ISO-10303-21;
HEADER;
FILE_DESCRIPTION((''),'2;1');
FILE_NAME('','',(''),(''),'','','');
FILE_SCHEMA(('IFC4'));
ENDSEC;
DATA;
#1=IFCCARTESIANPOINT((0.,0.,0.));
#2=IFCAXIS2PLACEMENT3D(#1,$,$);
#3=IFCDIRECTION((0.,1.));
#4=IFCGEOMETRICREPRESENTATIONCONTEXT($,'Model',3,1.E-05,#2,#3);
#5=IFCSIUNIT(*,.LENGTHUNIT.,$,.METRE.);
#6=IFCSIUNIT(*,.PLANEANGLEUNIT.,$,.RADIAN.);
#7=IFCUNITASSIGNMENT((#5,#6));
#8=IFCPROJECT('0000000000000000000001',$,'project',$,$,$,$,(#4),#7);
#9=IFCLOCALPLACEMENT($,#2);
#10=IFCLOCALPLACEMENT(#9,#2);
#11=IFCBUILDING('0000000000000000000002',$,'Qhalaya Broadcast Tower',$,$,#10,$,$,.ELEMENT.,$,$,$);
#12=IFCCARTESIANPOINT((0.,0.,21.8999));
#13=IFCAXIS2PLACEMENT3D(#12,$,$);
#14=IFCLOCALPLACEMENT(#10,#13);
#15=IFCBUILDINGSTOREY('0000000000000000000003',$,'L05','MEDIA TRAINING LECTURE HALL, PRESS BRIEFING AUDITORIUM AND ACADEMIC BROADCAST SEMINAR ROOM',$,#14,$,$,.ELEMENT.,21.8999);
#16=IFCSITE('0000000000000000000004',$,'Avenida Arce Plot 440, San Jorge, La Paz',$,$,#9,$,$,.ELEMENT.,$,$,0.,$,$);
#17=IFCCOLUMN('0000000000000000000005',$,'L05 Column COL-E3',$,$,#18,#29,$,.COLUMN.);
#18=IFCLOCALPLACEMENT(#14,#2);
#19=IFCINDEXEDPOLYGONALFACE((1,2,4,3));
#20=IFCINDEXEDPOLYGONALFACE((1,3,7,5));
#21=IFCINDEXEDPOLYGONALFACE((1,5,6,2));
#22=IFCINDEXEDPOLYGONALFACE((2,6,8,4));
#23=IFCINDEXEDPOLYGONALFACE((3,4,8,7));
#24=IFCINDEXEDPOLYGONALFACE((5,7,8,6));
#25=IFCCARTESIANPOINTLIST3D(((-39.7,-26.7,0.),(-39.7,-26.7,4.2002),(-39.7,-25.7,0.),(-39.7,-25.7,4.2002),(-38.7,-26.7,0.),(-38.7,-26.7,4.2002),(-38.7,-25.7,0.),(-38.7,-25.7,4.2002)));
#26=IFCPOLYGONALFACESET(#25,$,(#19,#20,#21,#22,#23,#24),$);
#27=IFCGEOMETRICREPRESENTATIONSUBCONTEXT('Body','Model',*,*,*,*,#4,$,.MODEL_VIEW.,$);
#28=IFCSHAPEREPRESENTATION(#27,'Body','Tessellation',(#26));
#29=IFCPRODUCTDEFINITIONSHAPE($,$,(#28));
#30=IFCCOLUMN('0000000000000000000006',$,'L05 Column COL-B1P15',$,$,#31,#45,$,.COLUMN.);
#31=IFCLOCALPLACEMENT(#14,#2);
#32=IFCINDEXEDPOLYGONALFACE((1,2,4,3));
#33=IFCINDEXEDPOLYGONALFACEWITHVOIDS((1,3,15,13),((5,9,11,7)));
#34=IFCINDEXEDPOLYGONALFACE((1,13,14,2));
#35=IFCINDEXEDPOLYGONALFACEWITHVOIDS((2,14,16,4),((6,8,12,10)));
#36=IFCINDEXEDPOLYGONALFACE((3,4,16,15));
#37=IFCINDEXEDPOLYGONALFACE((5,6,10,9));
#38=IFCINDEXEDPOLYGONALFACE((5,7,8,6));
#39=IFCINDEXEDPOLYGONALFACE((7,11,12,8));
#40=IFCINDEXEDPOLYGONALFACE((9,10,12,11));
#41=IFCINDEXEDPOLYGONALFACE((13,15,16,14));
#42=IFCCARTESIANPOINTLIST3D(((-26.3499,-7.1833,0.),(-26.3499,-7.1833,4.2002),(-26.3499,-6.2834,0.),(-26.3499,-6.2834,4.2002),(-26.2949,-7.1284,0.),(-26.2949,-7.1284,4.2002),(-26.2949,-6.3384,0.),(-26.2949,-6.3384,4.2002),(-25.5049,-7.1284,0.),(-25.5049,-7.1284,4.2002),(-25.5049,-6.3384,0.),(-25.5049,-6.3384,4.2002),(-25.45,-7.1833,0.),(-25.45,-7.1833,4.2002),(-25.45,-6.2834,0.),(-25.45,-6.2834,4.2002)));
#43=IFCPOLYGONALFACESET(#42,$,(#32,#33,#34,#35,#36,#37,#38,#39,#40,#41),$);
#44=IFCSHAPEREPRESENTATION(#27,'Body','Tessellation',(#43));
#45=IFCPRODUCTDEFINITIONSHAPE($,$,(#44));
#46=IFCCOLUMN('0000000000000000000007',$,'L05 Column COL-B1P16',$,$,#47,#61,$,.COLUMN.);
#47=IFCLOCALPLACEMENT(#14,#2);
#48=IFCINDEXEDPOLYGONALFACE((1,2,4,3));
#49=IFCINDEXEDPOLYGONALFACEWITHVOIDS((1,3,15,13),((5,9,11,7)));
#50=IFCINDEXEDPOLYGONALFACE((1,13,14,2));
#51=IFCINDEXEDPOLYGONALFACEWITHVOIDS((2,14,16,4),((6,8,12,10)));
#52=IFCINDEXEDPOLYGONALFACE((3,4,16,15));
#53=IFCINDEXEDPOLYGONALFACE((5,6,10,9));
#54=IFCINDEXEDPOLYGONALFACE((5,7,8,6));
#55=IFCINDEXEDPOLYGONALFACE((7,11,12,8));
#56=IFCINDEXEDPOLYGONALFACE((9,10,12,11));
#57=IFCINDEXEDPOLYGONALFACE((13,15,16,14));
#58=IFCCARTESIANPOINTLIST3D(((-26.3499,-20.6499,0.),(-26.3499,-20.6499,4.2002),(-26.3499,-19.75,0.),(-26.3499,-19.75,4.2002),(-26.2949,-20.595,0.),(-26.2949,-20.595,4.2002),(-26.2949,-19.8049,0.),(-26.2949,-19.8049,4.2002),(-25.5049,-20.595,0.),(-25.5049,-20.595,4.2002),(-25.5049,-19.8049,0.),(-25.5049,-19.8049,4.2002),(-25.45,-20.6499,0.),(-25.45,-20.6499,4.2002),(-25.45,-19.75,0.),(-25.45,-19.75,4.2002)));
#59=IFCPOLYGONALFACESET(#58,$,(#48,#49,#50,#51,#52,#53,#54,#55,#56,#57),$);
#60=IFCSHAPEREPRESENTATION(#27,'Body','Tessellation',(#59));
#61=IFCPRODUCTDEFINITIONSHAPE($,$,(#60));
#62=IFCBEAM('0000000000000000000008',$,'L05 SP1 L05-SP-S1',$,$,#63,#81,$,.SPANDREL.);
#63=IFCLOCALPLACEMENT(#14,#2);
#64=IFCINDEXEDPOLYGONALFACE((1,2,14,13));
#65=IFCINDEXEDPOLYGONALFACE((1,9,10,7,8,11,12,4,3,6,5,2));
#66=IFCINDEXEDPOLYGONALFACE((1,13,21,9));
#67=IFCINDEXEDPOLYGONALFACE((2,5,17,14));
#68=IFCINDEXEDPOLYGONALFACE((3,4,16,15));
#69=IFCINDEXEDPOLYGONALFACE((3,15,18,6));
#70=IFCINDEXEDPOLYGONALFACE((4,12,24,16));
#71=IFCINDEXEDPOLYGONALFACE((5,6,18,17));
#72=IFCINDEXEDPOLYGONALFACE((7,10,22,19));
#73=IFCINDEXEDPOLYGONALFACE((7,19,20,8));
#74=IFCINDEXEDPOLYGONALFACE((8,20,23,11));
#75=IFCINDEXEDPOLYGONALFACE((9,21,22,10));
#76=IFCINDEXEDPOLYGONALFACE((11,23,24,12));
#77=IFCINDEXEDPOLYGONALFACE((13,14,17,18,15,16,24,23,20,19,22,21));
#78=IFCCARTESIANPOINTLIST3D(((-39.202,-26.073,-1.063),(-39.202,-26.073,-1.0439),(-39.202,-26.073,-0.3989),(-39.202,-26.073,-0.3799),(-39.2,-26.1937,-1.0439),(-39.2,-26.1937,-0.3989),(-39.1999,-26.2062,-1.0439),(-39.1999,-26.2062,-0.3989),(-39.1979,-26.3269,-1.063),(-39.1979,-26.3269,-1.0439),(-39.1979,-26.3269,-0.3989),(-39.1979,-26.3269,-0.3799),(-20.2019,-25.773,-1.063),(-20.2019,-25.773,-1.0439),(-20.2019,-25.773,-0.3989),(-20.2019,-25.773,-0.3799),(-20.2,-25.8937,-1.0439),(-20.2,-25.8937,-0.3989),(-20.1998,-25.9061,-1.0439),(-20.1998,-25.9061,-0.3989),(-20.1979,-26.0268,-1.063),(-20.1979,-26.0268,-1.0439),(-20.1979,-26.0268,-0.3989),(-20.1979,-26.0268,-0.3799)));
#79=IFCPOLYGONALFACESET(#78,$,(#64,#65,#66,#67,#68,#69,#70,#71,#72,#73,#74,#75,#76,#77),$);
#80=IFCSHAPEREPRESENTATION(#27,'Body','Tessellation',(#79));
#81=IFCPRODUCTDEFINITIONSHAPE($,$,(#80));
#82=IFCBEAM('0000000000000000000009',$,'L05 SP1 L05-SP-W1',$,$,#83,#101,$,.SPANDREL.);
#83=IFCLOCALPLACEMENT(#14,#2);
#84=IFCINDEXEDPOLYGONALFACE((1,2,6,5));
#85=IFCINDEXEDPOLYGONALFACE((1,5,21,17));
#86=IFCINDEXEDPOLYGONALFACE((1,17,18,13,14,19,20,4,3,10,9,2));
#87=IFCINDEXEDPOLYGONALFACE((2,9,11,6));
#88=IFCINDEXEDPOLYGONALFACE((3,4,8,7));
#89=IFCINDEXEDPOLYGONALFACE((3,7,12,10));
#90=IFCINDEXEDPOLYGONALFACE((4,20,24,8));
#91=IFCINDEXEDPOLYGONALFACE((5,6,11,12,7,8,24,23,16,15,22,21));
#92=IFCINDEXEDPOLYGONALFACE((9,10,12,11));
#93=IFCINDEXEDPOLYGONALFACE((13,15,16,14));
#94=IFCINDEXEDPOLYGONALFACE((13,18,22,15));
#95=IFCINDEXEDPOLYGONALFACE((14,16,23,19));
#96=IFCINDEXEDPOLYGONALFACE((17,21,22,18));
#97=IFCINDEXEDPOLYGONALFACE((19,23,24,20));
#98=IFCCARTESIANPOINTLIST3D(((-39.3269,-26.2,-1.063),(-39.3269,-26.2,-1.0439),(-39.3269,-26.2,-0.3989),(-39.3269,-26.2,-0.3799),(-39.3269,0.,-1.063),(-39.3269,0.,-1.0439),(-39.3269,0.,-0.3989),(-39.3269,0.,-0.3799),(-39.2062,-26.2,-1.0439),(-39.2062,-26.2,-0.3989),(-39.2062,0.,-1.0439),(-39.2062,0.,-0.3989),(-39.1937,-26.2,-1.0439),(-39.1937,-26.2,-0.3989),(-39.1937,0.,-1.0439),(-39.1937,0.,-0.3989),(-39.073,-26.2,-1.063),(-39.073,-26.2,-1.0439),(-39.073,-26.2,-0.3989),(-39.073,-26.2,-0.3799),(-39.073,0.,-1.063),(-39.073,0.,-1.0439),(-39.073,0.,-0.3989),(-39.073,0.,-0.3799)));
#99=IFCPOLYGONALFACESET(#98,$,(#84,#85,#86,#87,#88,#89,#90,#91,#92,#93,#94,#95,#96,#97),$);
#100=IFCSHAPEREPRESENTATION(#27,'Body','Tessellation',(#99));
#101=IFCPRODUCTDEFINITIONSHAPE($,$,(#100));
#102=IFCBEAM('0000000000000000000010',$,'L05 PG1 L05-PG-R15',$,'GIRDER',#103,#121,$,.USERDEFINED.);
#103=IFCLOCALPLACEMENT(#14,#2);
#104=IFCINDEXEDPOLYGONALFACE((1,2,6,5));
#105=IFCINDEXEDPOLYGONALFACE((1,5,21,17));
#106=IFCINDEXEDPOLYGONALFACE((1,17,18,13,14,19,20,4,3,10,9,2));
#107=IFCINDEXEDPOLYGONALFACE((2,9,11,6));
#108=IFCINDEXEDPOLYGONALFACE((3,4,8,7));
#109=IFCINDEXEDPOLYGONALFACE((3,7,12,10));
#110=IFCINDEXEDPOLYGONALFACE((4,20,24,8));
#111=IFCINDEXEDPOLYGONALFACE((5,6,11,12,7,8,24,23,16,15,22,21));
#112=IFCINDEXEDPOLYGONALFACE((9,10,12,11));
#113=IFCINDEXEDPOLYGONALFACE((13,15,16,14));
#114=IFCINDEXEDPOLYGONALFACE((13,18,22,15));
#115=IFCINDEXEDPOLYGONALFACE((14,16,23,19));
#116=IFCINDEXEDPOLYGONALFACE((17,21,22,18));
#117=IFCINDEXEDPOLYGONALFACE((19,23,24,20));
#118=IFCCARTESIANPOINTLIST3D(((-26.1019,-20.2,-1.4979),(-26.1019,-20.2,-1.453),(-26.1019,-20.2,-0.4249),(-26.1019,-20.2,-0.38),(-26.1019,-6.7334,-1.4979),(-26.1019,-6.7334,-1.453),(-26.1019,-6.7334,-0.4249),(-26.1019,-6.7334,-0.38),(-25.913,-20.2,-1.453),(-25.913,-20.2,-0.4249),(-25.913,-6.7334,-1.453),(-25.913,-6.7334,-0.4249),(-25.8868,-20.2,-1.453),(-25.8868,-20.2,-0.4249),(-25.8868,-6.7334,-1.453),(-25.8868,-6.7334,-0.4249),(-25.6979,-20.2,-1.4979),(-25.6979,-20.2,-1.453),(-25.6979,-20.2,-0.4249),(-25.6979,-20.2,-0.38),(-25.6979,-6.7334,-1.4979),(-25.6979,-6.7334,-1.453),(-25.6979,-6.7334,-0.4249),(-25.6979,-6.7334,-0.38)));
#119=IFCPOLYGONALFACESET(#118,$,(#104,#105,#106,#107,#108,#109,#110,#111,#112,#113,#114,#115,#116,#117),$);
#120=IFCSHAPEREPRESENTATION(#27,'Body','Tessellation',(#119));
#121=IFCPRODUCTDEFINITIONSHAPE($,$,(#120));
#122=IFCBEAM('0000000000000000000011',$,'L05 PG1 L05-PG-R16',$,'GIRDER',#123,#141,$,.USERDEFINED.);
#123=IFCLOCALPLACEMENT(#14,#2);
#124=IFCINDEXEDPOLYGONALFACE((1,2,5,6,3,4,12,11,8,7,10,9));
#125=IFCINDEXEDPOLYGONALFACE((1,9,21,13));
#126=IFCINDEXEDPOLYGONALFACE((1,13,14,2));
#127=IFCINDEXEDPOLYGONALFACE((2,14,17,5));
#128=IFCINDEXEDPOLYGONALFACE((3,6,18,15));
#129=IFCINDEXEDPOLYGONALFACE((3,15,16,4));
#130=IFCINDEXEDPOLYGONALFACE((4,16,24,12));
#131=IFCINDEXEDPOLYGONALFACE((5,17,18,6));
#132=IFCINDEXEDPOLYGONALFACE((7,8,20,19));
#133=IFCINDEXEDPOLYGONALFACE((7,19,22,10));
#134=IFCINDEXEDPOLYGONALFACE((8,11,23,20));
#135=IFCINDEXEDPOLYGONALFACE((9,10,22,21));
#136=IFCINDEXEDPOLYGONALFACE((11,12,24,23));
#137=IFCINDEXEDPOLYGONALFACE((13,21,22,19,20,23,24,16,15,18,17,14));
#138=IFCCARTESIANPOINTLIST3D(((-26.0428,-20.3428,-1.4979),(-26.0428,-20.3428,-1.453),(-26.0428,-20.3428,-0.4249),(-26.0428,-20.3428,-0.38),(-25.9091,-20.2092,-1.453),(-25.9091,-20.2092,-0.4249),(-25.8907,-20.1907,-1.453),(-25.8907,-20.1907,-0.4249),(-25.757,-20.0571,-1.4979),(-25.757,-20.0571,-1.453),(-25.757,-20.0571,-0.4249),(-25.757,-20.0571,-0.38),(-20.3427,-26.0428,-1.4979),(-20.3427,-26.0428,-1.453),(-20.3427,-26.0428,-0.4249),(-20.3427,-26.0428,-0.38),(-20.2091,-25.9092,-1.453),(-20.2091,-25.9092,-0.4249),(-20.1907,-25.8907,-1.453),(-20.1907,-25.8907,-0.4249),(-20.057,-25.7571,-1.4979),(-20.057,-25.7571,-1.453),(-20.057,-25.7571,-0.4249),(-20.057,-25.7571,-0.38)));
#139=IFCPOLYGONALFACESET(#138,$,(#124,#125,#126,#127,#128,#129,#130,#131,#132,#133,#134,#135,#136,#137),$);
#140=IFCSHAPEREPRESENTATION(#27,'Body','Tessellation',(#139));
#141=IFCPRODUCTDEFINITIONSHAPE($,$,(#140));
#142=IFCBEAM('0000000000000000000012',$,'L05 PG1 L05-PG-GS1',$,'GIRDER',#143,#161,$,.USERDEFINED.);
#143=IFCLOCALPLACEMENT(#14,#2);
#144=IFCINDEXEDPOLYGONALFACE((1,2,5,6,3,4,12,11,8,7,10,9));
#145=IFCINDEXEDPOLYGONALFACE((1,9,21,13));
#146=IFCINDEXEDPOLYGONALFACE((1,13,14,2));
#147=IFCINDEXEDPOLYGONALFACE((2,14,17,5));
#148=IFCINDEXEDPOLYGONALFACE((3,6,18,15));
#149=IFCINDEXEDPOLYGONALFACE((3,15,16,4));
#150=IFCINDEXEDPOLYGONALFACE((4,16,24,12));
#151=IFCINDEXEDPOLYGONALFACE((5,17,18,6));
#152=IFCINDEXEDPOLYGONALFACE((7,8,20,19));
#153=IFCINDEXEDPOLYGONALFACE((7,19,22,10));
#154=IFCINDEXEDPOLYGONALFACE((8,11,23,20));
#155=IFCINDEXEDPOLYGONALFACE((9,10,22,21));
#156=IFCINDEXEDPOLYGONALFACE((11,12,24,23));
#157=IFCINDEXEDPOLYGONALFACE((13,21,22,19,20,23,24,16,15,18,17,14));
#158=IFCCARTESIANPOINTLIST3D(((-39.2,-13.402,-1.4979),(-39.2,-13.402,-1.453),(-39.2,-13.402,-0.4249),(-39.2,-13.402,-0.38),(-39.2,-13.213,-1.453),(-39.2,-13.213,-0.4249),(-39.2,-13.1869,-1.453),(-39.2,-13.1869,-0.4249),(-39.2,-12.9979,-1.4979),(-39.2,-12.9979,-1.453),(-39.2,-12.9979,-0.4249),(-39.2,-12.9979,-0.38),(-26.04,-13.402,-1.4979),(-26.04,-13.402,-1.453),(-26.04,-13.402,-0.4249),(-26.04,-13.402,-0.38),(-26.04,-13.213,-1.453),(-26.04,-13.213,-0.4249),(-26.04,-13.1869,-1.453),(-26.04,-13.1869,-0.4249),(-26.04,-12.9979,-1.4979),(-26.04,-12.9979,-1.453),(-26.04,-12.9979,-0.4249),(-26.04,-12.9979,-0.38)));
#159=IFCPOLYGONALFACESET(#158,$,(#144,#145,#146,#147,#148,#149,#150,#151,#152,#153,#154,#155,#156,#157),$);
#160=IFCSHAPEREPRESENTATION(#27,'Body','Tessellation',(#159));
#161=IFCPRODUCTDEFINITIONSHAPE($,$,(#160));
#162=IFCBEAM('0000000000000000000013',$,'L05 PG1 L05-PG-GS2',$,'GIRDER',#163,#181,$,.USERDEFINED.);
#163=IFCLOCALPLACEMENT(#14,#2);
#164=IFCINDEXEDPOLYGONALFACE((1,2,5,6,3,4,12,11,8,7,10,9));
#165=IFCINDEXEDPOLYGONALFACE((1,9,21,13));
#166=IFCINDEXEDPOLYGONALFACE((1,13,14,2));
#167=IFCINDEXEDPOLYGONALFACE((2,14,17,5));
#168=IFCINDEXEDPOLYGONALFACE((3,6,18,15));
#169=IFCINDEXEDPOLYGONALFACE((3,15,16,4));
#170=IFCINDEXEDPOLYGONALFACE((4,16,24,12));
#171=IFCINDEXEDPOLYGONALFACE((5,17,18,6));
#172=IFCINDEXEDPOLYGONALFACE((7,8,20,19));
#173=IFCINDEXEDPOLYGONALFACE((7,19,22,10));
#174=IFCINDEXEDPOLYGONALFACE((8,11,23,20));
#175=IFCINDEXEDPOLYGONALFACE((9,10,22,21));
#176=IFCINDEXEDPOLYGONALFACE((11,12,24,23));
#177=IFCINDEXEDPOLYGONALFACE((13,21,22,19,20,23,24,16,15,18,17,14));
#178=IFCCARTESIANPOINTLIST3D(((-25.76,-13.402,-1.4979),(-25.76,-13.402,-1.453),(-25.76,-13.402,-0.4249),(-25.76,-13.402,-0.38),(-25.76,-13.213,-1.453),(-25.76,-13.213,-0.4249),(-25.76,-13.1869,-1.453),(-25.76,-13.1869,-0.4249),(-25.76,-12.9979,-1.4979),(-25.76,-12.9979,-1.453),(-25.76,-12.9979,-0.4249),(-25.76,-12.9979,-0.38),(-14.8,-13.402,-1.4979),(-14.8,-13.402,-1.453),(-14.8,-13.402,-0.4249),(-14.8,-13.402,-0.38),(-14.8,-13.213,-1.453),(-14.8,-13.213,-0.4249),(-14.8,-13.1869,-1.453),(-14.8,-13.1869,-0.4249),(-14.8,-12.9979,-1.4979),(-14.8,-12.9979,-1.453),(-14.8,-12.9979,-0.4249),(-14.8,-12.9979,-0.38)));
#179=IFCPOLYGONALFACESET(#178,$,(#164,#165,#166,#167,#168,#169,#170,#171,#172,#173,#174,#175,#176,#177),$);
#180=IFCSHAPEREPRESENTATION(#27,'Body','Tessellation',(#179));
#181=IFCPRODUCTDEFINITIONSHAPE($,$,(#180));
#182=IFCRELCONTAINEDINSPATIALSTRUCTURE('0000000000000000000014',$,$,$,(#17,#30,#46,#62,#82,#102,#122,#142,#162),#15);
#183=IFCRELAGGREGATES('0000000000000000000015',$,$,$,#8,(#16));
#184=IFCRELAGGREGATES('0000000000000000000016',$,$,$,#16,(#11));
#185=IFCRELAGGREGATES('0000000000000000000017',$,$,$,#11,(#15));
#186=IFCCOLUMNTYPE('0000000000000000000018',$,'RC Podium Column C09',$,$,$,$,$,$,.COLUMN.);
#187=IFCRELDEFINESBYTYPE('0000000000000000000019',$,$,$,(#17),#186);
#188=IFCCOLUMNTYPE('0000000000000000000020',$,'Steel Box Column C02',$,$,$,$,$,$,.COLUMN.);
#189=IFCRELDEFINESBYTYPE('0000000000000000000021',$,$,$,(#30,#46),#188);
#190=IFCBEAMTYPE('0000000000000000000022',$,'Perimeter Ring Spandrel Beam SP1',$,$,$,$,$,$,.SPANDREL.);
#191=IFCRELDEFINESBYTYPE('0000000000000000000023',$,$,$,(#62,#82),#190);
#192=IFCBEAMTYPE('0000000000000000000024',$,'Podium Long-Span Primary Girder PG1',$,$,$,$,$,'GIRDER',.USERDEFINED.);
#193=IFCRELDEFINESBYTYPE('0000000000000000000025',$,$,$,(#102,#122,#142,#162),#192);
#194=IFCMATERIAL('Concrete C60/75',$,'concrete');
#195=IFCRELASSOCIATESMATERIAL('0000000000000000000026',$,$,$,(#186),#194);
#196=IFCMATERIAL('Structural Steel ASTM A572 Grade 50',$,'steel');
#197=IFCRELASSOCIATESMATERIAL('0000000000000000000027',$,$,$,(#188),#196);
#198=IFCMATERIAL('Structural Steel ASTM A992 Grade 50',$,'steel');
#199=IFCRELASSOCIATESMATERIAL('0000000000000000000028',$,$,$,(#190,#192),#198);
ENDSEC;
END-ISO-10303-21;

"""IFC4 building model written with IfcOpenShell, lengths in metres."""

from ifc_helpers import new_model, si_unit, direction, frame, origin, origin_2d, place, context, subcontext, project, spatial, rectangle, hollow_rectangle, i_section, extrude, material, material_profile, profile_set, type_object, element, save


model = new_model("IFC4")

# Units and contexts
model_context = context("Model", 3, precision=1e-05, world=origin(), true_north=direction((0.0, 1.0)))
body_context = subcontext(model_context, "Body", "Model", "MODEL_VIEW")
ifc_project = project(units=[si_unit("LENGTHUNIT", "METRE"), si_unit("PLANEANGLEUNIT", "RADIAN")], contexts=[model_context])

# Site, building, storey
site_placement = place(None, origin())
site = spatial("IfcSite", under=ifc_project, at=site_placement, Name="Avenida Arce Plot 440, San Jorge, La Paz", CompositionType="ELEMENT", RefElevation=0.0)
building_placement = place(site_placement, origin())
building = spatial("IfcBuilding", under=site, at=building_placement, Name="Qhalaya Broadcast Tower", CompositionType="ELEMENT")
storey_placement = place(building_placement, frame((0.0, 0.0, 21.8999)))
storey = spatial("IfcBuildingStorey", under=building, at=storey_placement, Name="L05", Description="MEDIA TRAINING LECTURE HALL, PRESS BRIEFING AUDITORIUM AND ACADEMIC BROADCAST SEMINAR ROOM", CompositionType="ELEMENT", Elevation=21.8999)

# Columns
ifc_material_1 = material(Name="Concrete C60/75", Category="concrete")
ifc_material_profile_1 = material_profile(ifc_material_1, rectangle(XDim=1.0, YDim=1.0, at=origin_2d()), Name="RC-COL 1000x1000")
ifc_profile_set_1 = profile_set([ifc_material_profile_1], Name="Concrete C60/75")
column_type_1 = type_object("IfcColumnType", Name="RC Podium Column C09", PredefinedType="COLUMN", material=ifc_profile_set_1)
column_placement = place(storey_placement, frame((-39.2, -26.2, 0.0), z_axis=(0.0, 0.0, 1.0), x_axis=(1.0, 0.0, 0.0)))
element("IfcColumn", 1, at=column_placement, inside=storey, type_object=column_type_1, Name="L05 Column COL-E3", PredefinedType="COLUMN", context=body_context, shape_type="SweptSolid", body=[
    extrude(rectangle(XDim=1.0, YDim=1.0, at=origin_2d()), origin(), (0.0, 0.0, 1.0), 4.2002),
])
ifc_material_2 = material(Name="Structural Steel ASTM A572 Grade 50", Category="steel")
ifc_material_profile_2 = material_profile(ifc_material_2, hollow_rectangle(XDim=0.8999, YDim=0.8999, WallThickness=0.0549, at=origin_2d()), Name="BOX 900x900x55")
ifc_profile_set_2 = profile_set([ifc_material_profile_2], Name="Structural Steel ASTM A572 Grade 50")
column_type_2 = type_object("IfcColumnType", Name="Steel Box Column C02", PredefinedType="COLUMN", material=ifc_profile_set_2)
for number, where, z_axis, x_axis, name in (
    (2, (-25.8999, -6.7334, 0.0), (0.0, 0.0, 1.0), (0.0, 1.0, 0.0), "L05 Column COL-B1P15"),
    (3, (-25.8999, -20.2, 0.0), (0.0, 0.0, 1.0), (0.0, 1.0, 0.0), "L05 Column COL-B1P16"),
):
    element("IfcColumn", number, at=place(storey_placement, frame(where, z_axis=z_axis, x_axis=x_axis)), inside=storey, type_object=column_type_2, Name=name, PredefinedType="COLUMN", context=body_context, shape_type="SweptSolid", body=[
        extrude(hollow_rectangle(XDim=0.8999, YDim=0.8999, WallThickness=0.0549, at=origin_2d()), origin(), (0.0, 0.0, 1.0), 4.2002),
    ])

# Beams
ifc_material_3 = material(Name="Structural Steel ASTM A992 Grade 50", Category="steel")
ifc_material_profile_3 = material_profile(ifc_material_3, i_section(OverallWidth=0.2539, OverallDepth=0.6831, WebThickness=0.0125, FlangeThickness=0.019, at=origin_2d()), Name="W27X94")
ifc_profile_set_3 = profile_set([ifc_material_profile_3], Name="Structural Steel ASTM A992 Grade 50")
beam_type_1 = type_object("IfcBeamType", Name="Perimeter Ring Spandrel Beam SP1", PredefinedType="SPANDREL", material=ifc_profile_set_3)
beam_1_placement = place(storey_placement, frame((-39.2, -26.2, -0.7214), z_axis=(0.999875, 0.01579, 0.0), x_axis=(-0.01579, 0.999875, 0.0)))
element("IfcBeam", 4, at=beam_1_placement, inside=storey, type_object=beam_type_1, Name="L05 SP1 L05-SP-S1", PredefinedType="SPANDREL", context=body_context, shape_type="SweptSolid", body=[
    extrude(i_section(OverallWidth=0.2539, OverallDepth=0.6831, WebThickness=0.0125, FlangeThickness=0.019, at=origin_2d()), origin(), (0.0, 0.0, 1.0), 19.0024),
])
beam_2_placement = place(storey_placement, frame((-39.2, -26.2, -0.7214), z_axis=(0.0, 1.0, 0.0), x_axis=(-1.0, 0.0, 0.0)))
element("IfcBeam", 5, at=beam_2_placement, inside=storey, type_object=beam_type_1, Name="L05 SP1 L05-SP-W1", PredefinedType="SPANDREL", context=body_context, shape_type="SweptSolid", body=[
    extrude(i_section(OverallWidth=0.2539, OverallDepth=0.6831, WebThickness=0.0125, FlangeThickness=0.019, at=origin_2d()), origin(), (0.0, 0.0, 1.0), 26.2),
])
ifc_material_profile_4 = material_profile(ifc_material_3, i_section(OverallWidth=0.4041, OverallDepth=1.1179, WebThickness=0.0261, FlangeThickness=0.0449, at=origin_2d()), Name="W44X335")
ifc_profile_set_4 = profile_set([ifc_material_profile_4], Name="Structural Steel ASTM A992 Grade 50")
beam_type_2 = type_object("IfcBeamType", Name="Podium Long-Span Primary Girder PG1", ElementType="GIRDER", PredefinedType="USERDEFINED", material=ifc_profile_set_4)
beam_3_placement = place(storey_placement, frame((-25.8999, -6.7334, -0.939), z_axis=(0.0, -1.0, 0.0), x_axis=(1.0, 0.0, 0.0)))
element("IfcBeam", 6, at=beam_3_placement, inside=storey, type_object=beam_type_2, Name="L05 PG1 L05-PG-R15", ObjectType="GIRDER", PredefinedType="USERDEFINED", context=body_context, shape_type="SweptSolid", body=[
    extrude(i_section(OverallWidth=0.4041, OverallDepth=1.1179, WebThickness=0.0261, FlangeThickness=0.0449, at=origin_2d()), origin(), (0.0, 0.0, 1.0), 13.4666),
])
beam_4_placement = place(storey_placement, frame((-25.8999, -20.2, -0.939), z_axis=(0.707107, -0.707107, 0.0), x_axis=(0.707107, 0.707107, 0.0)))
element("IfcBeam", 7, at=beam_4_placement, inside=storey, type_object=beam_type_2, Name="L05 PG1 L05-PG-R16", ObjectType="GIRDER", PredefinedType="USERDEFINED", context=body_context, shape_type="SweptSolid", body=[
    extrude(i_section(OverallWidth=0.4041, OverallDepth=1.1179, WebThickness=0.0261, FlangeThickness=0.0449, at=origin_2d()), origin(), (0.0, 0.0, 1.0), 8.061),
])
beam_5_placement = place(storey_placement, frame((-39.2, -13.2, -0.939), z_axis=(1.0, 0.0, 0.0), x_axis=(0.0, 1.0, 0.0)))
element("IfcBeam", 8, at=beam_5_placement, inside=storey, type_object=beam_type_2, Name="L05 PG1 L05-PG-GS1", ObjectType="GIRDER", PredefinedType="USERDEFINED", context=body_context, shape_type="SweptSolid", body=[
    extrude(i_section(OverallWidth=0.4041, OverallDepth=1.1179, WebThickness=0.0261, FlangeThickness=0.0449, at=origin_2d()), origin(), (0.0, 0.0, 1.0), 13.1599),
])
beam_6_placement = place(storey_placement, frame((-25.76, -13.2, -0.939), z_axis=(1.0, 0.0, 0.0), x_axis=(0.0, 1.0, 0.0)))
element("IfcBeam", 9, at=beam_6_placement, inside=storey, type_object=beam_type_2, Name="L05 PG1 L05-PG-GS2", ObjectType="GIRDER", PredefinedType="USERDEFINED", context=body_context, shape_type="SweptSolid", body=[
    extrude(i_section(OverallWidth=0.4041, OverallDepth=1.1179, WebThickness=0.0261, FlangeThickness=0.0449, at=origin_2d()), origin(), (0.0, 0.0, 1.0), 10.96),
])

save(model, "model.ifc")
